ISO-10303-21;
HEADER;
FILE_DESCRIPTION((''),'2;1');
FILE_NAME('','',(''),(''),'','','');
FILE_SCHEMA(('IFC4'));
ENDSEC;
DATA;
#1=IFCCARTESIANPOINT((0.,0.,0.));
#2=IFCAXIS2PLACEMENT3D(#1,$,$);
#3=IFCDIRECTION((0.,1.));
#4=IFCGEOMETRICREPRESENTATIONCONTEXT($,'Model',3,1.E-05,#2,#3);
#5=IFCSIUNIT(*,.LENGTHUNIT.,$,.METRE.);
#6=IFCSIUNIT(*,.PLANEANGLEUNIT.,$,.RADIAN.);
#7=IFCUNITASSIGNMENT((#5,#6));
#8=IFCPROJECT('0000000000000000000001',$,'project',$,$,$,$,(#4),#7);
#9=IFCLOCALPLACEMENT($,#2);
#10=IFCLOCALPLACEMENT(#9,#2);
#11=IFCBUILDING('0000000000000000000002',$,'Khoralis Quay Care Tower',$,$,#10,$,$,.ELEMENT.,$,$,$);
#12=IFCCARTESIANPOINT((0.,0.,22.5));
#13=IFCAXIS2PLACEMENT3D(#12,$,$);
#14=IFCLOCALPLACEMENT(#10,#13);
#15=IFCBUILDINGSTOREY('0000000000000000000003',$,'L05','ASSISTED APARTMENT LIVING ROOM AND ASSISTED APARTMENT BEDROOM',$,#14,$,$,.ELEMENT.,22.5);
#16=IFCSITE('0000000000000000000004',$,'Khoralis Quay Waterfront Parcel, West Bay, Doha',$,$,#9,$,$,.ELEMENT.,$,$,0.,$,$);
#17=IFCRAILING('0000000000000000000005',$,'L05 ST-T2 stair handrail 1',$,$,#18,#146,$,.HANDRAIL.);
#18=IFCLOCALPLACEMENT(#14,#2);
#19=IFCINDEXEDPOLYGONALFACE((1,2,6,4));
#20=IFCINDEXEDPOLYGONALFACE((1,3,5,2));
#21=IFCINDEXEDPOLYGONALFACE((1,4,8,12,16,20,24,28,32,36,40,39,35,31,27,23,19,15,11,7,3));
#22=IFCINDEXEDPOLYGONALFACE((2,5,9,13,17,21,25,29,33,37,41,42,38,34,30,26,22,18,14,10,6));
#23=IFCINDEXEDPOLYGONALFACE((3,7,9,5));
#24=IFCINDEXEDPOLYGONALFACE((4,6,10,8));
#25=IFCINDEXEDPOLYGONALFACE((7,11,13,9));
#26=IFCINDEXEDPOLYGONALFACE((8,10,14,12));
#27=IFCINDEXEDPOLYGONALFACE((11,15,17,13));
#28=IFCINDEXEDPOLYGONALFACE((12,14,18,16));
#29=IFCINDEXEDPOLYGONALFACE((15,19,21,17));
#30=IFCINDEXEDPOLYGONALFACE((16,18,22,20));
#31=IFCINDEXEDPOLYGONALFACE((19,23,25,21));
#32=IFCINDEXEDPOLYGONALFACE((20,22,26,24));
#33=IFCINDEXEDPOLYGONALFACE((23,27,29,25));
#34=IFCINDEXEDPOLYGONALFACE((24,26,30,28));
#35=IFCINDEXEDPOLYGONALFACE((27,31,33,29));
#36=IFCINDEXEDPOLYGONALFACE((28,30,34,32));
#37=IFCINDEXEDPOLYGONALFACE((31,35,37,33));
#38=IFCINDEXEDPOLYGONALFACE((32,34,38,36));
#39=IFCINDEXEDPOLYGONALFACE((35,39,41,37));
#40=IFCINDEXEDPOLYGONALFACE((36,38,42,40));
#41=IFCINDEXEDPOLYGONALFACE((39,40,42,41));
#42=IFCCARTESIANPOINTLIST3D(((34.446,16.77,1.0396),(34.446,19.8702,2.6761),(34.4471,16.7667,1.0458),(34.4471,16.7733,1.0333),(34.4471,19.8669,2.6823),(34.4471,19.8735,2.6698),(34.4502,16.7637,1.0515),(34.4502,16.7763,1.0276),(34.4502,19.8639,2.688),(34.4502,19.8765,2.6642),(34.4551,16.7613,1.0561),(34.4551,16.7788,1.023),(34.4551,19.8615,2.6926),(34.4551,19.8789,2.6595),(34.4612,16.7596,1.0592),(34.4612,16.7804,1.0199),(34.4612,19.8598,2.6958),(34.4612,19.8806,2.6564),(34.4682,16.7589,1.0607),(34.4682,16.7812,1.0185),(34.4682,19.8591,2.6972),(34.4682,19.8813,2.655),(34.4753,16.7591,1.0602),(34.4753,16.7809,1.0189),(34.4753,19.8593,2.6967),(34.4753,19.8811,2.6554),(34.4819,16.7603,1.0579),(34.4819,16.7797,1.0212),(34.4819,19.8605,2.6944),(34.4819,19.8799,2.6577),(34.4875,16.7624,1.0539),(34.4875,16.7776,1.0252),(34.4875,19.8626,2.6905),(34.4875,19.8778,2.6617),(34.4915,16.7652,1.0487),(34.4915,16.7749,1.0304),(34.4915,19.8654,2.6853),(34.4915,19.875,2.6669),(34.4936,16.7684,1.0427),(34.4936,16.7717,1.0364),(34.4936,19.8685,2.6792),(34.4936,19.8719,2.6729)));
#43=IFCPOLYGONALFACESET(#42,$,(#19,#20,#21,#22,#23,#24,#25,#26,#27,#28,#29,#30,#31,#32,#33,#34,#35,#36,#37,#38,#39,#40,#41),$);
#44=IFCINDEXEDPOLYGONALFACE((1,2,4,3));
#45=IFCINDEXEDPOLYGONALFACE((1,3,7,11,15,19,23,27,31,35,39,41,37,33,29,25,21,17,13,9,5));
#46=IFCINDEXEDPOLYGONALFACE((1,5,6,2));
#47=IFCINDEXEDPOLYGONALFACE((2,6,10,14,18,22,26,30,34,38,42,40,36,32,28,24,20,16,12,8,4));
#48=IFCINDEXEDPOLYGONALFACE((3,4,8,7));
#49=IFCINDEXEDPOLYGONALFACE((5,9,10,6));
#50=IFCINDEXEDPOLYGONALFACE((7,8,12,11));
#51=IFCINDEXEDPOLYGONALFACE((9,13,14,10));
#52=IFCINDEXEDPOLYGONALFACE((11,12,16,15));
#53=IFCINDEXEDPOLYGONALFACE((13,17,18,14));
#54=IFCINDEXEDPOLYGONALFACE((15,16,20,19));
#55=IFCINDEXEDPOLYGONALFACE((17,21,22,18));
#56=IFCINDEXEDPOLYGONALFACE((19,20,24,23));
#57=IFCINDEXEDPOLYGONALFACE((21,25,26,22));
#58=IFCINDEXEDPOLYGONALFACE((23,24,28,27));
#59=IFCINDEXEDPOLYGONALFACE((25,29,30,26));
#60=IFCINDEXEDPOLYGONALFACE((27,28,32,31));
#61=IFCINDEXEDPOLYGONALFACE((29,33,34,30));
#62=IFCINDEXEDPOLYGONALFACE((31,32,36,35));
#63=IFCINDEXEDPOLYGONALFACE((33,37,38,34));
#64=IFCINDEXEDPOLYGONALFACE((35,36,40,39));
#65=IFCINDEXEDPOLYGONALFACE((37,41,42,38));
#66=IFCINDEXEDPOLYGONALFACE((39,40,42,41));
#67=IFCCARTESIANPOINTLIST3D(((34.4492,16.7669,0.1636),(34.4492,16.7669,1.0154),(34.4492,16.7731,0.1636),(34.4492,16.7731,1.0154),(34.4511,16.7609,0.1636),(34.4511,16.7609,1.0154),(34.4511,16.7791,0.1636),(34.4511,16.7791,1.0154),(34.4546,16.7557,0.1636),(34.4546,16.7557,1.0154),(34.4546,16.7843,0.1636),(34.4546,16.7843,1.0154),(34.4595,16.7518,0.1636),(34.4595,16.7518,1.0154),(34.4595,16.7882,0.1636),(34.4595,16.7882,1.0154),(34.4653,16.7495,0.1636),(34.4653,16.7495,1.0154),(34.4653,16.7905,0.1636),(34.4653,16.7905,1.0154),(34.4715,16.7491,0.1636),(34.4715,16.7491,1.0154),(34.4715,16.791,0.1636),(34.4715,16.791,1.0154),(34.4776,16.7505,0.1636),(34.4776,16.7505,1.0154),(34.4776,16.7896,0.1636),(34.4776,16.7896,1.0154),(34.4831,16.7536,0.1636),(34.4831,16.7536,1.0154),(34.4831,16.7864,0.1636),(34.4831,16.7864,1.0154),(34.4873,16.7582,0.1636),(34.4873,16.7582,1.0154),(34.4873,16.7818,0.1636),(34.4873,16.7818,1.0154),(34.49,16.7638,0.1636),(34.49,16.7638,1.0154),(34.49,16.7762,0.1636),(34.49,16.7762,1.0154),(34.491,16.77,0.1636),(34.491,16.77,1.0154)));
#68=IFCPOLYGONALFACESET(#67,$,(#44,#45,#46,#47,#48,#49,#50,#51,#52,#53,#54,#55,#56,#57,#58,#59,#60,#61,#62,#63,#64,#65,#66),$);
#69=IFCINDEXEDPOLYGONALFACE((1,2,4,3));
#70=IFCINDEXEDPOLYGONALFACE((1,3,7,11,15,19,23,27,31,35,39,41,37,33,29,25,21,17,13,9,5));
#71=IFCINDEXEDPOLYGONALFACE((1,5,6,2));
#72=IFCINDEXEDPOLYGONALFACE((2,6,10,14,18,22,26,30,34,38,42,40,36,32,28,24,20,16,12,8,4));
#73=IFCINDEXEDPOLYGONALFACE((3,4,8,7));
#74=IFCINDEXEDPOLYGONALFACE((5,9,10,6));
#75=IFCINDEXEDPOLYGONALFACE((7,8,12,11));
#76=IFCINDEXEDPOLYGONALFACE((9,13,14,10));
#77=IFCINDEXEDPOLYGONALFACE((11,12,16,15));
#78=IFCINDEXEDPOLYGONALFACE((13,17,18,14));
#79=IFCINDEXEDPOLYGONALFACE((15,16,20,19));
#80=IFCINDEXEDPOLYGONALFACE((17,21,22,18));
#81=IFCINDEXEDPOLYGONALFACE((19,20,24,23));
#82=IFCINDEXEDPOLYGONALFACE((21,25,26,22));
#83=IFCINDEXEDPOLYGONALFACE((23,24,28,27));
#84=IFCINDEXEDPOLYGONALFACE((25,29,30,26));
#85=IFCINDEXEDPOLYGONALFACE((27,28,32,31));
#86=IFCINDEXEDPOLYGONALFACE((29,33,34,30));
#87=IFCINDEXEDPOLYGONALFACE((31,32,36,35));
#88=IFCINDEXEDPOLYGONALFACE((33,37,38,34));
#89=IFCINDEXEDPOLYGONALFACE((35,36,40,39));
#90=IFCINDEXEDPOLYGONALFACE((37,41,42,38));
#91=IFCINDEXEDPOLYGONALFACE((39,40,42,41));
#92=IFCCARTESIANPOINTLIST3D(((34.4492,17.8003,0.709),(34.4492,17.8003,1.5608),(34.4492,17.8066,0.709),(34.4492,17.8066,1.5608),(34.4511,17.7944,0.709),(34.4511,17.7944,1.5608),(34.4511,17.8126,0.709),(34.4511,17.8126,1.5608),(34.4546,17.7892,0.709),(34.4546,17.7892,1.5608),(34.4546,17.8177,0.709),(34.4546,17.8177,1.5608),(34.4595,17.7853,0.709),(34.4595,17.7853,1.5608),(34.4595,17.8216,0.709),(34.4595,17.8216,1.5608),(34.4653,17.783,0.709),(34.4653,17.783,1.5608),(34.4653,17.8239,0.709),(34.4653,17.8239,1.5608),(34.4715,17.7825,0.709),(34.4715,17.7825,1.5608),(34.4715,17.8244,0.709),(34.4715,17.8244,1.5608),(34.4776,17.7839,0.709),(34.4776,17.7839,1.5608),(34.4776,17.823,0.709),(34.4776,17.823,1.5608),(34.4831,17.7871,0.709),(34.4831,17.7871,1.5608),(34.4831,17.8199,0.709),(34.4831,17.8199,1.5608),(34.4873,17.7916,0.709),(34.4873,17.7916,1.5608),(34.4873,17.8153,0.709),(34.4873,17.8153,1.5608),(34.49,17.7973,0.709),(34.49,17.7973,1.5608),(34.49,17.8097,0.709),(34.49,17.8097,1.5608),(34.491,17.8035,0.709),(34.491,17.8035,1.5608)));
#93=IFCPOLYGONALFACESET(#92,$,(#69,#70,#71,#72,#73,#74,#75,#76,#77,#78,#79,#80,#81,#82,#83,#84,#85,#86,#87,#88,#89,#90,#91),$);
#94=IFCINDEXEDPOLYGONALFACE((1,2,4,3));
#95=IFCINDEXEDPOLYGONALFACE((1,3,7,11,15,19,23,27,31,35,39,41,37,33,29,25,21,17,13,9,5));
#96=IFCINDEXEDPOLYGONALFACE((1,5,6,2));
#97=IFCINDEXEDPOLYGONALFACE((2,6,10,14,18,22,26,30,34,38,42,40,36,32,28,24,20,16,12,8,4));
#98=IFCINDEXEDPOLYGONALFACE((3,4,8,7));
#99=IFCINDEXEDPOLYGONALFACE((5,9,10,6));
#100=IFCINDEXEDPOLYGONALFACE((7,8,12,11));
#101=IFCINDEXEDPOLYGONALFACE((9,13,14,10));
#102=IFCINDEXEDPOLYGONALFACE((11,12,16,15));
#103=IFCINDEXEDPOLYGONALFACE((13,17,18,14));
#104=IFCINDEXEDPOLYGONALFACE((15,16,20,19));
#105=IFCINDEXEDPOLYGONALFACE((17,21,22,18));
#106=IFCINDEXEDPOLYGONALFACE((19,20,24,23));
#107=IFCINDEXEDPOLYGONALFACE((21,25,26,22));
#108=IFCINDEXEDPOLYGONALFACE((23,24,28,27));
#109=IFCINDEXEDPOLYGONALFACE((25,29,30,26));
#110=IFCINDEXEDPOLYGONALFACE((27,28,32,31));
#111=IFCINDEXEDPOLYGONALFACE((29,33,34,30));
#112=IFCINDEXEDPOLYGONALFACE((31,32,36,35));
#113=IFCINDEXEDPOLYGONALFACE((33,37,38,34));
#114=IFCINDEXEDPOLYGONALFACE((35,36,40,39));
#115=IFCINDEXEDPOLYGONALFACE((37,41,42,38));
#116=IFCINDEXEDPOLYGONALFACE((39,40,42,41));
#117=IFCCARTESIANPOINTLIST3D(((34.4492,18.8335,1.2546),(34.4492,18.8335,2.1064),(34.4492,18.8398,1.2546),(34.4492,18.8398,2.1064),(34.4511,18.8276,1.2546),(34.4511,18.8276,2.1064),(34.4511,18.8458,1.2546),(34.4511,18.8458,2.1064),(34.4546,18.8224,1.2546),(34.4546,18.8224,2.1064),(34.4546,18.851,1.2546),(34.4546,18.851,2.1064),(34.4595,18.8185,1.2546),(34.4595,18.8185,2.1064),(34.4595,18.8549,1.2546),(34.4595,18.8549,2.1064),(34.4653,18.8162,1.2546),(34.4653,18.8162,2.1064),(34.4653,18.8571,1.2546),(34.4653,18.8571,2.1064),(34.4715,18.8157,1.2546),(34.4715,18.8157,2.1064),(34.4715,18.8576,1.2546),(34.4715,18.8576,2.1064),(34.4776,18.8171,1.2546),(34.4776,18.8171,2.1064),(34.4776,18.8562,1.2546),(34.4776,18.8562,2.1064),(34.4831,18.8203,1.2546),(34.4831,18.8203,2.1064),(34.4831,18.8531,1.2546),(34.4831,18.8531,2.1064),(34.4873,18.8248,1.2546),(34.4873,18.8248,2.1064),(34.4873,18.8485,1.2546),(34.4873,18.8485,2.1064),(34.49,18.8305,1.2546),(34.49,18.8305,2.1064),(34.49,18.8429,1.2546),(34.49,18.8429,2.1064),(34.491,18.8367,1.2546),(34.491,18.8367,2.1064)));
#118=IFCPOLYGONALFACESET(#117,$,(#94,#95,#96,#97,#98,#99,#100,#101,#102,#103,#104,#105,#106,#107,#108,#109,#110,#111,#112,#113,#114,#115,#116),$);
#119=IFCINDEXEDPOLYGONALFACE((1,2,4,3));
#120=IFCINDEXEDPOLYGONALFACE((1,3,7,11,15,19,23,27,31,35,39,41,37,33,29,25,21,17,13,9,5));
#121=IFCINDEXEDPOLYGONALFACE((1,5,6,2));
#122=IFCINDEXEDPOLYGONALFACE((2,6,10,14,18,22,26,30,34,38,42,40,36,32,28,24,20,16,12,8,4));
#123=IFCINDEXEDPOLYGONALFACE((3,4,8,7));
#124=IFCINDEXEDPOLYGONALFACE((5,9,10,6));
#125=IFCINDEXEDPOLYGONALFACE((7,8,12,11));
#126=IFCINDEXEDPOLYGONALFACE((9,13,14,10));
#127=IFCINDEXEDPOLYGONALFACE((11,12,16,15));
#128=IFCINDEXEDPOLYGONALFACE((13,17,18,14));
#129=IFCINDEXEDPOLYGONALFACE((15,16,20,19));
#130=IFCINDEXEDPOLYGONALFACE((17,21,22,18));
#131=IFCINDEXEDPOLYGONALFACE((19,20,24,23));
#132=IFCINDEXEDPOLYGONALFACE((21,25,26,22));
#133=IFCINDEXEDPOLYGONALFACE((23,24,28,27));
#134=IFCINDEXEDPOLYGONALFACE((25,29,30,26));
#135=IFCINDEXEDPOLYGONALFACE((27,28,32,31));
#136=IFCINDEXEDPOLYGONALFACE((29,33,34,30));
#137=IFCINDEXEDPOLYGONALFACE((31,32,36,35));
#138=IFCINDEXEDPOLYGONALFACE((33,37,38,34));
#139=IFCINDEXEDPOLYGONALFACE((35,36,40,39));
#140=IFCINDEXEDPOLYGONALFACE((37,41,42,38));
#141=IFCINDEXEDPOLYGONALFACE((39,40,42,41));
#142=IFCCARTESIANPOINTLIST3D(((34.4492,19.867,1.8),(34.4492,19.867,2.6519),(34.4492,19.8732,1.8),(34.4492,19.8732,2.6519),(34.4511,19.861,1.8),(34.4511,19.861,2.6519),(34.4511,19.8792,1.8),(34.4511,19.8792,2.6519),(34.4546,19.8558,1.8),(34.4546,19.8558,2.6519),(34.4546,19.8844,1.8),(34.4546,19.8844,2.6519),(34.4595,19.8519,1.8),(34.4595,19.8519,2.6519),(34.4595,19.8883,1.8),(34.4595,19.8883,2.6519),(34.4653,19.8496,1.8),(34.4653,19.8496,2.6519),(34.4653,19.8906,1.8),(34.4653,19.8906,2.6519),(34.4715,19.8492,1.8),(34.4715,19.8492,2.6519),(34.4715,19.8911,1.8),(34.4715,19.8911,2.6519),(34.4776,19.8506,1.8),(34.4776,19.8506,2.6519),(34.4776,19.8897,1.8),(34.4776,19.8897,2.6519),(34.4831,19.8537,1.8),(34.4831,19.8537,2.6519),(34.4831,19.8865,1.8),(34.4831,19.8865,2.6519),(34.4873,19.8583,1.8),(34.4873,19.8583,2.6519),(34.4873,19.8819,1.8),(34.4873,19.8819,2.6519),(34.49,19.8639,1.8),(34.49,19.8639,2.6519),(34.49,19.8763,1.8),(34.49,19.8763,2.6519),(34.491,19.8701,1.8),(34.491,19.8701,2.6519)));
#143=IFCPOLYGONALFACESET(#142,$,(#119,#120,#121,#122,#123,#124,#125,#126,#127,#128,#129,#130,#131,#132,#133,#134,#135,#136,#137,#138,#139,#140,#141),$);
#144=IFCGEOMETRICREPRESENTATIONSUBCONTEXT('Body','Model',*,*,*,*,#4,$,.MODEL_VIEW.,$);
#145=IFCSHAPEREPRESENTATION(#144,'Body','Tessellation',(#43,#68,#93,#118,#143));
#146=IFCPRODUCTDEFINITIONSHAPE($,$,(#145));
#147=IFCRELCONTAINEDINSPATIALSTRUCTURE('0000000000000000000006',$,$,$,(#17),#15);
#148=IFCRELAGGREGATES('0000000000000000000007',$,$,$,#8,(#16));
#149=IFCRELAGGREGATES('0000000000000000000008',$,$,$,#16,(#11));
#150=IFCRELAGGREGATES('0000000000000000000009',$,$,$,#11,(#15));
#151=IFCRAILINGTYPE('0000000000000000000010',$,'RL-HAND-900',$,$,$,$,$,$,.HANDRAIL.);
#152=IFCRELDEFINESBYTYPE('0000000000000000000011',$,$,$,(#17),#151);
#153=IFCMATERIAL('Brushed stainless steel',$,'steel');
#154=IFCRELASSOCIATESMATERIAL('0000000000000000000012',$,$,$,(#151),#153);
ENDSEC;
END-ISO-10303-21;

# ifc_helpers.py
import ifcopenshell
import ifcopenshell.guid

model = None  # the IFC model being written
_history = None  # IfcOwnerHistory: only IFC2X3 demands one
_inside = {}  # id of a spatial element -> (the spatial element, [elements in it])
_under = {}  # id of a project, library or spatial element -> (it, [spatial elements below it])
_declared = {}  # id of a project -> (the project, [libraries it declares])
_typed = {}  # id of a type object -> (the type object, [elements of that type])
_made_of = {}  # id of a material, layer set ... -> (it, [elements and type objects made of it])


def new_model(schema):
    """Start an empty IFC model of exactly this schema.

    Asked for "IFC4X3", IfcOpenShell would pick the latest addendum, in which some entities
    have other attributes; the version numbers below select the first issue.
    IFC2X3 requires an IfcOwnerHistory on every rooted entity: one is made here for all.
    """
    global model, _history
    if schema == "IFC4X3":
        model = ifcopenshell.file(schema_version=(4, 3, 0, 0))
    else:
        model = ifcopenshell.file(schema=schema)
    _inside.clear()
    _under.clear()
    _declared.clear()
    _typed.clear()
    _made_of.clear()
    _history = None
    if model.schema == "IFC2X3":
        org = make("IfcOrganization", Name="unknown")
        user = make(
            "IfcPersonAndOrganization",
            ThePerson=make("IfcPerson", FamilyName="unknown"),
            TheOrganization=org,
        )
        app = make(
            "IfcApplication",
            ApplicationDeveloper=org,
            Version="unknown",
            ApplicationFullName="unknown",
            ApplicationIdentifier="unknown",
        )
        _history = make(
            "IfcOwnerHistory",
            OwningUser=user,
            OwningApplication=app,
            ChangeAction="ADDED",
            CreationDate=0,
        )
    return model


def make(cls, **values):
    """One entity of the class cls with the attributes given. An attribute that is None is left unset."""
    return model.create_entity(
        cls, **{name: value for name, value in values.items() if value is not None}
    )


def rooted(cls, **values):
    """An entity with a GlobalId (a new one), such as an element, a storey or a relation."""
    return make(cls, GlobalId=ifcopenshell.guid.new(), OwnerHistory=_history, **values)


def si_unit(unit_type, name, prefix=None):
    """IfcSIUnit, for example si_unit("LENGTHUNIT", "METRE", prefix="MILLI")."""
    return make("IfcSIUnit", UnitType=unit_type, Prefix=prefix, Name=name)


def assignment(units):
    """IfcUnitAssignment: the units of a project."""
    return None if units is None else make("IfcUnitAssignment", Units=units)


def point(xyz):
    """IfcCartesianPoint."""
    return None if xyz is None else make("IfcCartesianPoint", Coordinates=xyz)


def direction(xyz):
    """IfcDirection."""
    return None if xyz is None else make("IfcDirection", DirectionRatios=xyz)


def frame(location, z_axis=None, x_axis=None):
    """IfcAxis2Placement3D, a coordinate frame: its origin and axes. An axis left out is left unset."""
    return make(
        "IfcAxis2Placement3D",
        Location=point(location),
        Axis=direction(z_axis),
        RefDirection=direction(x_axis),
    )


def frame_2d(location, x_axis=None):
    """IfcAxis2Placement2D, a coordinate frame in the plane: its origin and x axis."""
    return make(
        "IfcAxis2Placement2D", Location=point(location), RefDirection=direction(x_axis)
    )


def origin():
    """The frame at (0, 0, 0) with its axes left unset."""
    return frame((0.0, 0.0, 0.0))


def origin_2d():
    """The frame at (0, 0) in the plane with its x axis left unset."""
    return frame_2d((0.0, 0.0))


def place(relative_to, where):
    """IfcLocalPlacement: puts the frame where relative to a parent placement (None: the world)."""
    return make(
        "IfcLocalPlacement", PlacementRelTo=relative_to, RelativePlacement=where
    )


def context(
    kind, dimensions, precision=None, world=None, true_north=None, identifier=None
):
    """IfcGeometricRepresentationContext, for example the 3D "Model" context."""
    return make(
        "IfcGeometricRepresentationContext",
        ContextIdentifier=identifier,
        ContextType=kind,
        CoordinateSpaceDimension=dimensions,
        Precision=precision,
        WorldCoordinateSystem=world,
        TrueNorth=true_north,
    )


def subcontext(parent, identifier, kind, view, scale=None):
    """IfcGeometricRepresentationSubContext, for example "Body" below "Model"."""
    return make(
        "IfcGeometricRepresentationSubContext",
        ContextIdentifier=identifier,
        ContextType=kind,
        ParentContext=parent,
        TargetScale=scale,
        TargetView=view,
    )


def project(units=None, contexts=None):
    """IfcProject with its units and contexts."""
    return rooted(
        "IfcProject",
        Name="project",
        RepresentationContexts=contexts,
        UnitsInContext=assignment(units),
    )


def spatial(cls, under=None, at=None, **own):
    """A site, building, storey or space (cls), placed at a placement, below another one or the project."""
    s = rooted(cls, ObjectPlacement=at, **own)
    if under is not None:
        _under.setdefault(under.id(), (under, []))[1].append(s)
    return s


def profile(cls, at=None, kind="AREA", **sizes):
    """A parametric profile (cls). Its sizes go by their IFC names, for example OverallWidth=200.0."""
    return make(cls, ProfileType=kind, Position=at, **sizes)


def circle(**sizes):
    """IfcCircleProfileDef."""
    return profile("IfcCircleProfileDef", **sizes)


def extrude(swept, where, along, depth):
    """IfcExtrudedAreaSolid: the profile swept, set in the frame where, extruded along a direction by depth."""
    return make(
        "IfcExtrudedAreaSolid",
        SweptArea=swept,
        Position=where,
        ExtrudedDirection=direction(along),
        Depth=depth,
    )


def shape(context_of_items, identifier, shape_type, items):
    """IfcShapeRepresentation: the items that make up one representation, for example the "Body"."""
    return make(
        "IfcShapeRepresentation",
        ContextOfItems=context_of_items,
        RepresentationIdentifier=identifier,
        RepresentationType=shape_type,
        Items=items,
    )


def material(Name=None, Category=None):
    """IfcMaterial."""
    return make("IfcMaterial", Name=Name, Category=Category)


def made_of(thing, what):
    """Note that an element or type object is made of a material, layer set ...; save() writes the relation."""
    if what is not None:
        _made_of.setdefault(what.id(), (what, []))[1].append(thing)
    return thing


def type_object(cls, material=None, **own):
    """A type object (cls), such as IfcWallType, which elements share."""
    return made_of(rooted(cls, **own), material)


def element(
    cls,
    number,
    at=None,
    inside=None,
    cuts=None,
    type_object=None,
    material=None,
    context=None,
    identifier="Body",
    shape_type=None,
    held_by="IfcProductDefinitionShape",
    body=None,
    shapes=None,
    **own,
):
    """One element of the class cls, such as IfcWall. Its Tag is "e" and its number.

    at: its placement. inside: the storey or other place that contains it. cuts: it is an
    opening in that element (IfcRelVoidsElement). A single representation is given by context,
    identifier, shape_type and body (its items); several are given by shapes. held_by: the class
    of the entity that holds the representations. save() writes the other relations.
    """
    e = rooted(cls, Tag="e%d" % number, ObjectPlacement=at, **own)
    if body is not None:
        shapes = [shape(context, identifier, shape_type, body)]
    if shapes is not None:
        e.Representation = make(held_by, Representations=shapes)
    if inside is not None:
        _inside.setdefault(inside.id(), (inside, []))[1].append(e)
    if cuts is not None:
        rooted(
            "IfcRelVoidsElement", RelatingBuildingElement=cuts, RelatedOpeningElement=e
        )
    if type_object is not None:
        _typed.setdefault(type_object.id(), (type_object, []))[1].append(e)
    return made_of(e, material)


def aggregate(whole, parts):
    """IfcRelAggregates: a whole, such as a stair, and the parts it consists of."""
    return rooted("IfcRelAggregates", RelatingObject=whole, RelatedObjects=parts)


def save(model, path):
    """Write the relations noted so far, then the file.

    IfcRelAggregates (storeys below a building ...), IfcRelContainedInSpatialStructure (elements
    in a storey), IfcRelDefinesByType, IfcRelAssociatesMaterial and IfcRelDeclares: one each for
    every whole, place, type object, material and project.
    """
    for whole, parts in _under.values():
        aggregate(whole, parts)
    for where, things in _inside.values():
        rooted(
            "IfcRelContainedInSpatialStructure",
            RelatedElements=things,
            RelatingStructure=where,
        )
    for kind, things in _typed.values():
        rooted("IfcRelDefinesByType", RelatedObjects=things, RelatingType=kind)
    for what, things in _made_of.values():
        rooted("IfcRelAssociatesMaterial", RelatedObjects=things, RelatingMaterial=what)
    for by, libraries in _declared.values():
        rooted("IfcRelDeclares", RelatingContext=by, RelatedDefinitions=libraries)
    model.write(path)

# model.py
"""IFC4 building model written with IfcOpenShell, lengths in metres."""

from ifc_helpers import new_model, si_unit, direction, frame, origin, origin_2d, place, context, subcontext, project, spatial, circle, extrude, material, type_object, element, save


model = new_model("IFC4")

# Units and contexts
model_context = context("Model", 3, precision=1e-05, world=origin(), true_north=direction((0.0, 1.0)))
body_context = subcontext(model_context, "Body", "Model", "MODEL_VIEW")
ifc_project = project(units=[si_unit("LENGTHUNIT", "METRE"), si_unit("PLANEANGLEUNIT", "RADIAN")], contexts=[model_context])

# Site, building, storey
site_placement = place(None, origin())
site = spatial("IfcSite", under=ifc_project, at=site_placement, Name="Khoralis Quay Waterfront Parcel, West Bay, Doha", CompositionType="ELEMENT", RefElevation=0.0)
building_placement = place(site_placement, origin())
building = spatial("IfcBuilding", under=site, at=building_placement, Name="Khoralis Quay Care Tower", CompositionType="ELEMENT")
storey_placement = place(building_placement, frame((0.0, 0.0, 22.5)))
storey = spatial("IfcBuildingStorey", under=building, at=storey_placement, Name="L05", Description="ASSISTED APARTMENT LIVING ROOM AND ASSISTED APARTMENT BEDROOM", CompositionType="ELEMENT", Elevation=22.5)

# Shared definitions
ifc_material_1 = material(Name="Brushed stainless steel", Category="steel")

# Railing
railing_type_1 = type_object("IfcRailingType", Name="RL-HAND-900", PredefinedType="HANDRAIL", material=ifc_material_1)
railing_1_placement = place(storey_placement, frame((34.47, 16.77, 0.1636)))
element("IfcRailing", 1, at=railing_1_placement, inside=storey, type_object=railing_type_1, Name="L05 ST-T2 stair handrail 1", PredefinedType="HANDRAIL", context=body_context, shape_type="SweptSolid", body=[
    extrude(circle(Radius=0.0239, at=origin_2d()), frame((0.0, 0.0, 0.876), z_axis=(0.0, 0.884348, 0.466828), x_axis=(-1.0, 0.0, 0.0)), (0.0, 0.0, 1.0), 3.5056),
    extrude(circle(Radius=0.021, at=origin_2d()), origin(), (0.0, 0.0, 1.0), 0.8518),
    extrude(circle(Radius=0.021, at=origin_2d()), frame((0.0, 1.0334, 0.5454)), (0.0, 0.0, 1.0), 0.8518),
    extrude(circle(Radius=0.021, at=origin_2d()), frame((0.0, 2.0667, 1.0911)), (0.0, 0.0, 1.0), 0.8518),
    extrude(circle(Radius=0.021, at=origin_2d()), frame((0.0, 3.1001, 1.6365)), (0.0, 0.0, 1.0), 0.8518),
])

save(model, "model.ifc")
